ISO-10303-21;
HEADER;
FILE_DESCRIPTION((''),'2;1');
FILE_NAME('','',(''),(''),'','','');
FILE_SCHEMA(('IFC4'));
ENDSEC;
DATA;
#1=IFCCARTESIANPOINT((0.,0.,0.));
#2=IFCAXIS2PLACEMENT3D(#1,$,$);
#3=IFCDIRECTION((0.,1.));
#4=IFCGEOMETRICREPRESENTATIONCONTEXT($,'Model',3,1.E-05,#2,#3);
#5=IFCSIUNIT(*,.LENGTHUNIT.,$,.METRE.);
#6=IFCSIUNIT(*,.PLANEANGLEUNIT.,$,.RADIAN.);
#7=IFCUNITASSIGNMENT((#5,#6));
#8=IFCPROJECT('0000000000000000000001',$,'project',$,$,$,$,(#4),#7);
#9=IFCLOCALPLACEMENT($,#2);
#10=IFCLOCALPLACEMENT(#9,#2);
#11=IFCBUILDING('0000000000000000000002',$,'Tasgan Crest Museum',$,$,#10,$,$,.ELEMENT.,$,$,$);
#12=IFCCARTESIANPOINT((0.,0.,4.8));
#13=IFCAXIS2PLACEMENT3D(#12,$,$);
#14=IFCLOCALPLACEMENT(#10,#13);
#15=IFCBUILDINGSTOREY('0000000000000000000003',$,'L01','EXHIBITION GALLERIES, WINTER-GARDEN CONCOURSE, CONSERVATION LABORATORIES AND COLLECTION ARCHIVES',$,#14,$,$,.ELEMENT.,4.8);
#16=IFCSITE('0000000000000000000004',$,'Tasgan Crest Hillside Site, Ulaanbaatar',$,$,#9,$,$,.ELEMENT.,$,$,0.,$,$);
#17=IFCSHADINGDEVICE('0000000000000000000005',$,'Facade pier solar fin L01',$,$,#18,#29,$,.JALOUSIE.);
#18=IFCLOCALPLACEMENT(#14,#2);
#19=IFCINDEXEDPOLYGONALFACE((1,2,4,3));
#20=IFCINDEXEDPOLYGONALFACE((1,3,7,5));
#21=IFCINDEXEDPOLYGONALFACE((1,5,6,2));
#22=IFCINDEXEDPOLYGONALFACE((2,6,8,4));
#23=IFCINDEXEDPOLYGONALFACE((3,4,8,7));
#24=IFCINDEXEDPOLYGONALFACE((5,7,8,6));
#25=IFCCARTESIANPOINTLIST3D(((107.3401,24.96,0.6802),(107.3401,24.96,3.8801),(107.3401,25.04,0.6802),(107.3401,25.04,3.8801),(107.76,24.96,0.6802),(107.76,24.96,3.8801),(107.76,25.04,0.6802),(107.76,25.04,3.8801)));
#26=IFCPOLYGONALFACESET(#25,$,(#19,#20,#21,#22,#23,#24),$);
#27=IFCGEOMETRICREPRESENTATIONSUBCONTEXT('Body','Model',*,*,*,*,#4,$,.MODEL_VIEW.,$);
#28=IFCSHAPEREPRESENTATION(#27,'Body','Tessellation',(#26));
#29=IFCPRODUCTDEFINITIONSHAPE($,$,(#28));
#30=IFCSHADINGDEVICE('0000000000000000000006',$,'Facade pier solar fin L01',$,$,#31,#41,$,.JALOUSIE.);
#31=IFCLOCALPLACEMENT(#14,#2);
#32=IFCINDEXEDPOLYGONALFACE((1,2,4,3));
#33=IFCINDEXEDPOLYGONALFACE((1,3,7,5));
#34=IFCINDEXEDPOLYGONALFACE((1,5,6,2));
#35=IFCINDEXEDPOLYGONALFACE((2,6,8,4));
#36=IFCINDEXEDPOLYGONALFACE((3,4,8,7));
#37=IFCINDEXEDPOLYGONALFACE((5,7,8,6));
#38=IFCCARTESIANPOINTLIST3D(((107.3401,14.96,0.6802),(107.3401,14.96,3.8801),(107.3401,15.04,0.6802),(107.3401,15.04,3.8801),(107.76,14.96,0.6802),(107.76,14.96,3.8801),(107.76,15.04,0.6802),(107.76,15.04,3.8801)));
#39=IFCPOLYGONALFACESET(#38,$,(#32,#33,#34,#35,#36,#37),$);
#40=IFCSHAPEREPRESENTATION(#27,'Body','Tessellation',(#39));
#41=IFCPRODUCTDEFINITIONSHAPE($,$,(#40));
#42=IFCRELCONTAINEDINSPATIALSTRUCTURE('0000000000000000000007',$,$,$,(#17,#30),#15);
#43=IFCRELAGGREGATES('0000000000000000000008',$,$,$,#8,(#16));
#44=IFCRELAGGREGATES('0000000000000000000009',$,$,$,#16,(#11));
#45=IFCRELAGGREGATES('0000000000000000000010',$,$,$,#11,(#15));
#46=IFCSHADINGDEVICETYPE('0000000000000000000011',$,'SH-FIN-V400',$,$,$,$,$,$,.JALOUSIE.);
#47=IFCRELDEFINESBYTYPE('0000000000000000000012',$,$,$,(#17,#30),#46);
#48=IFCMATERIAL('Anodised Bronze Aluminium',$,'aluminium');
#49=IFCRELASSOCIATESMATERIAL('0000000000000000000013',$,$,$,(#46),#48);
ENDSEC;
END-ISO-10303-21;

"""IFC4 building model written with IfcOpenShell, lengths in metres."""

from ifc_helpers import new_model, si_unit, direction, frame, origin, origin_2d, place, context, subcontext, project, spatial, rectangle, extrude, material, type_object, element, save


model = new_model("IFC4")

# Units and contexts
model_context = context("Model", 3, precision=1e-05, world=origin(), true_north=direction((0.0, 1.0)))
body_context = subcontext(model_context, "Body", "Model", "MODEL_VIEW")
ifc_project = project(units=[si_unit("LENGTHUNIT", "METRE"), si_unit("PLANEANGLEUNIT", "RADIAN")], contexts=[model_context])

# Site, building, storey
site_placement = place(None, origin())
site = spatial("IfcSite", under=ifc_project, at=site_placement, Name="Tasgan Crest Hillside Site, Ulaanbaatar", CompositionType="ELEMENT", RefElevation=0.0)
building_placement = place(site_placement, origin())
building = spatial("IfcBuilding", under=site, at=building_placement, Name="Tasgan Crest Museum", CompositionType="ELEMENT")
storey_placement = place(building_placement, frame((0.0, 0.0, 4.8)))
storey = spatial("IfcBuildingStorey", under=building, at=storey_placement, Name="L01", Description="EXHIBITION GALLERIES, WINTER-GARDEN CONCOURSE, CONSERVATION LABORATORIES AND COLLECTION ARCHIVES", CompositionType="ELEMENT", Elevation=4.8)

# Shading devices
ifc_material_1 = material(Name="Anodised Bronze Aluminium", Category="aluminium")
shading_device_type = type_object("IfcShadingDeviceType", Name="SH-FIN-V400", PredefinedType="JALOUSIE", material=ifc_material_1)
for number, where, z_axis, x_axis, name in (
    (1, (107.55, 25.0, 0.6802), (0.0, 0.0, 1.0), (0.0, -1.0, 0.0), "Facade pier solar fin L01"),
    (2, (107.55, 15.0, 0.6802), (0.0, 0.0, 1.0), (0.0, -1.0, 0.0), "Facade pier solar fin L01"),
):
    element("IfcShadingDevice", number, at=place(storey_placement, frame(where, z_axis=z_axis, x_axis=x_axis)), inside=storey, type_object=shading_device_type, Name=name, PredefinedType="JALOUSIE", context=body_context, shape_type="SweptSolid", body=[
        extrude(rectangle(XDim=0.0801, YDim=0.4199, at=origin_2d()), origin(), (0.0, 0.0, 1.0), 3.2),
    ])

save(model, "model.ifc")
